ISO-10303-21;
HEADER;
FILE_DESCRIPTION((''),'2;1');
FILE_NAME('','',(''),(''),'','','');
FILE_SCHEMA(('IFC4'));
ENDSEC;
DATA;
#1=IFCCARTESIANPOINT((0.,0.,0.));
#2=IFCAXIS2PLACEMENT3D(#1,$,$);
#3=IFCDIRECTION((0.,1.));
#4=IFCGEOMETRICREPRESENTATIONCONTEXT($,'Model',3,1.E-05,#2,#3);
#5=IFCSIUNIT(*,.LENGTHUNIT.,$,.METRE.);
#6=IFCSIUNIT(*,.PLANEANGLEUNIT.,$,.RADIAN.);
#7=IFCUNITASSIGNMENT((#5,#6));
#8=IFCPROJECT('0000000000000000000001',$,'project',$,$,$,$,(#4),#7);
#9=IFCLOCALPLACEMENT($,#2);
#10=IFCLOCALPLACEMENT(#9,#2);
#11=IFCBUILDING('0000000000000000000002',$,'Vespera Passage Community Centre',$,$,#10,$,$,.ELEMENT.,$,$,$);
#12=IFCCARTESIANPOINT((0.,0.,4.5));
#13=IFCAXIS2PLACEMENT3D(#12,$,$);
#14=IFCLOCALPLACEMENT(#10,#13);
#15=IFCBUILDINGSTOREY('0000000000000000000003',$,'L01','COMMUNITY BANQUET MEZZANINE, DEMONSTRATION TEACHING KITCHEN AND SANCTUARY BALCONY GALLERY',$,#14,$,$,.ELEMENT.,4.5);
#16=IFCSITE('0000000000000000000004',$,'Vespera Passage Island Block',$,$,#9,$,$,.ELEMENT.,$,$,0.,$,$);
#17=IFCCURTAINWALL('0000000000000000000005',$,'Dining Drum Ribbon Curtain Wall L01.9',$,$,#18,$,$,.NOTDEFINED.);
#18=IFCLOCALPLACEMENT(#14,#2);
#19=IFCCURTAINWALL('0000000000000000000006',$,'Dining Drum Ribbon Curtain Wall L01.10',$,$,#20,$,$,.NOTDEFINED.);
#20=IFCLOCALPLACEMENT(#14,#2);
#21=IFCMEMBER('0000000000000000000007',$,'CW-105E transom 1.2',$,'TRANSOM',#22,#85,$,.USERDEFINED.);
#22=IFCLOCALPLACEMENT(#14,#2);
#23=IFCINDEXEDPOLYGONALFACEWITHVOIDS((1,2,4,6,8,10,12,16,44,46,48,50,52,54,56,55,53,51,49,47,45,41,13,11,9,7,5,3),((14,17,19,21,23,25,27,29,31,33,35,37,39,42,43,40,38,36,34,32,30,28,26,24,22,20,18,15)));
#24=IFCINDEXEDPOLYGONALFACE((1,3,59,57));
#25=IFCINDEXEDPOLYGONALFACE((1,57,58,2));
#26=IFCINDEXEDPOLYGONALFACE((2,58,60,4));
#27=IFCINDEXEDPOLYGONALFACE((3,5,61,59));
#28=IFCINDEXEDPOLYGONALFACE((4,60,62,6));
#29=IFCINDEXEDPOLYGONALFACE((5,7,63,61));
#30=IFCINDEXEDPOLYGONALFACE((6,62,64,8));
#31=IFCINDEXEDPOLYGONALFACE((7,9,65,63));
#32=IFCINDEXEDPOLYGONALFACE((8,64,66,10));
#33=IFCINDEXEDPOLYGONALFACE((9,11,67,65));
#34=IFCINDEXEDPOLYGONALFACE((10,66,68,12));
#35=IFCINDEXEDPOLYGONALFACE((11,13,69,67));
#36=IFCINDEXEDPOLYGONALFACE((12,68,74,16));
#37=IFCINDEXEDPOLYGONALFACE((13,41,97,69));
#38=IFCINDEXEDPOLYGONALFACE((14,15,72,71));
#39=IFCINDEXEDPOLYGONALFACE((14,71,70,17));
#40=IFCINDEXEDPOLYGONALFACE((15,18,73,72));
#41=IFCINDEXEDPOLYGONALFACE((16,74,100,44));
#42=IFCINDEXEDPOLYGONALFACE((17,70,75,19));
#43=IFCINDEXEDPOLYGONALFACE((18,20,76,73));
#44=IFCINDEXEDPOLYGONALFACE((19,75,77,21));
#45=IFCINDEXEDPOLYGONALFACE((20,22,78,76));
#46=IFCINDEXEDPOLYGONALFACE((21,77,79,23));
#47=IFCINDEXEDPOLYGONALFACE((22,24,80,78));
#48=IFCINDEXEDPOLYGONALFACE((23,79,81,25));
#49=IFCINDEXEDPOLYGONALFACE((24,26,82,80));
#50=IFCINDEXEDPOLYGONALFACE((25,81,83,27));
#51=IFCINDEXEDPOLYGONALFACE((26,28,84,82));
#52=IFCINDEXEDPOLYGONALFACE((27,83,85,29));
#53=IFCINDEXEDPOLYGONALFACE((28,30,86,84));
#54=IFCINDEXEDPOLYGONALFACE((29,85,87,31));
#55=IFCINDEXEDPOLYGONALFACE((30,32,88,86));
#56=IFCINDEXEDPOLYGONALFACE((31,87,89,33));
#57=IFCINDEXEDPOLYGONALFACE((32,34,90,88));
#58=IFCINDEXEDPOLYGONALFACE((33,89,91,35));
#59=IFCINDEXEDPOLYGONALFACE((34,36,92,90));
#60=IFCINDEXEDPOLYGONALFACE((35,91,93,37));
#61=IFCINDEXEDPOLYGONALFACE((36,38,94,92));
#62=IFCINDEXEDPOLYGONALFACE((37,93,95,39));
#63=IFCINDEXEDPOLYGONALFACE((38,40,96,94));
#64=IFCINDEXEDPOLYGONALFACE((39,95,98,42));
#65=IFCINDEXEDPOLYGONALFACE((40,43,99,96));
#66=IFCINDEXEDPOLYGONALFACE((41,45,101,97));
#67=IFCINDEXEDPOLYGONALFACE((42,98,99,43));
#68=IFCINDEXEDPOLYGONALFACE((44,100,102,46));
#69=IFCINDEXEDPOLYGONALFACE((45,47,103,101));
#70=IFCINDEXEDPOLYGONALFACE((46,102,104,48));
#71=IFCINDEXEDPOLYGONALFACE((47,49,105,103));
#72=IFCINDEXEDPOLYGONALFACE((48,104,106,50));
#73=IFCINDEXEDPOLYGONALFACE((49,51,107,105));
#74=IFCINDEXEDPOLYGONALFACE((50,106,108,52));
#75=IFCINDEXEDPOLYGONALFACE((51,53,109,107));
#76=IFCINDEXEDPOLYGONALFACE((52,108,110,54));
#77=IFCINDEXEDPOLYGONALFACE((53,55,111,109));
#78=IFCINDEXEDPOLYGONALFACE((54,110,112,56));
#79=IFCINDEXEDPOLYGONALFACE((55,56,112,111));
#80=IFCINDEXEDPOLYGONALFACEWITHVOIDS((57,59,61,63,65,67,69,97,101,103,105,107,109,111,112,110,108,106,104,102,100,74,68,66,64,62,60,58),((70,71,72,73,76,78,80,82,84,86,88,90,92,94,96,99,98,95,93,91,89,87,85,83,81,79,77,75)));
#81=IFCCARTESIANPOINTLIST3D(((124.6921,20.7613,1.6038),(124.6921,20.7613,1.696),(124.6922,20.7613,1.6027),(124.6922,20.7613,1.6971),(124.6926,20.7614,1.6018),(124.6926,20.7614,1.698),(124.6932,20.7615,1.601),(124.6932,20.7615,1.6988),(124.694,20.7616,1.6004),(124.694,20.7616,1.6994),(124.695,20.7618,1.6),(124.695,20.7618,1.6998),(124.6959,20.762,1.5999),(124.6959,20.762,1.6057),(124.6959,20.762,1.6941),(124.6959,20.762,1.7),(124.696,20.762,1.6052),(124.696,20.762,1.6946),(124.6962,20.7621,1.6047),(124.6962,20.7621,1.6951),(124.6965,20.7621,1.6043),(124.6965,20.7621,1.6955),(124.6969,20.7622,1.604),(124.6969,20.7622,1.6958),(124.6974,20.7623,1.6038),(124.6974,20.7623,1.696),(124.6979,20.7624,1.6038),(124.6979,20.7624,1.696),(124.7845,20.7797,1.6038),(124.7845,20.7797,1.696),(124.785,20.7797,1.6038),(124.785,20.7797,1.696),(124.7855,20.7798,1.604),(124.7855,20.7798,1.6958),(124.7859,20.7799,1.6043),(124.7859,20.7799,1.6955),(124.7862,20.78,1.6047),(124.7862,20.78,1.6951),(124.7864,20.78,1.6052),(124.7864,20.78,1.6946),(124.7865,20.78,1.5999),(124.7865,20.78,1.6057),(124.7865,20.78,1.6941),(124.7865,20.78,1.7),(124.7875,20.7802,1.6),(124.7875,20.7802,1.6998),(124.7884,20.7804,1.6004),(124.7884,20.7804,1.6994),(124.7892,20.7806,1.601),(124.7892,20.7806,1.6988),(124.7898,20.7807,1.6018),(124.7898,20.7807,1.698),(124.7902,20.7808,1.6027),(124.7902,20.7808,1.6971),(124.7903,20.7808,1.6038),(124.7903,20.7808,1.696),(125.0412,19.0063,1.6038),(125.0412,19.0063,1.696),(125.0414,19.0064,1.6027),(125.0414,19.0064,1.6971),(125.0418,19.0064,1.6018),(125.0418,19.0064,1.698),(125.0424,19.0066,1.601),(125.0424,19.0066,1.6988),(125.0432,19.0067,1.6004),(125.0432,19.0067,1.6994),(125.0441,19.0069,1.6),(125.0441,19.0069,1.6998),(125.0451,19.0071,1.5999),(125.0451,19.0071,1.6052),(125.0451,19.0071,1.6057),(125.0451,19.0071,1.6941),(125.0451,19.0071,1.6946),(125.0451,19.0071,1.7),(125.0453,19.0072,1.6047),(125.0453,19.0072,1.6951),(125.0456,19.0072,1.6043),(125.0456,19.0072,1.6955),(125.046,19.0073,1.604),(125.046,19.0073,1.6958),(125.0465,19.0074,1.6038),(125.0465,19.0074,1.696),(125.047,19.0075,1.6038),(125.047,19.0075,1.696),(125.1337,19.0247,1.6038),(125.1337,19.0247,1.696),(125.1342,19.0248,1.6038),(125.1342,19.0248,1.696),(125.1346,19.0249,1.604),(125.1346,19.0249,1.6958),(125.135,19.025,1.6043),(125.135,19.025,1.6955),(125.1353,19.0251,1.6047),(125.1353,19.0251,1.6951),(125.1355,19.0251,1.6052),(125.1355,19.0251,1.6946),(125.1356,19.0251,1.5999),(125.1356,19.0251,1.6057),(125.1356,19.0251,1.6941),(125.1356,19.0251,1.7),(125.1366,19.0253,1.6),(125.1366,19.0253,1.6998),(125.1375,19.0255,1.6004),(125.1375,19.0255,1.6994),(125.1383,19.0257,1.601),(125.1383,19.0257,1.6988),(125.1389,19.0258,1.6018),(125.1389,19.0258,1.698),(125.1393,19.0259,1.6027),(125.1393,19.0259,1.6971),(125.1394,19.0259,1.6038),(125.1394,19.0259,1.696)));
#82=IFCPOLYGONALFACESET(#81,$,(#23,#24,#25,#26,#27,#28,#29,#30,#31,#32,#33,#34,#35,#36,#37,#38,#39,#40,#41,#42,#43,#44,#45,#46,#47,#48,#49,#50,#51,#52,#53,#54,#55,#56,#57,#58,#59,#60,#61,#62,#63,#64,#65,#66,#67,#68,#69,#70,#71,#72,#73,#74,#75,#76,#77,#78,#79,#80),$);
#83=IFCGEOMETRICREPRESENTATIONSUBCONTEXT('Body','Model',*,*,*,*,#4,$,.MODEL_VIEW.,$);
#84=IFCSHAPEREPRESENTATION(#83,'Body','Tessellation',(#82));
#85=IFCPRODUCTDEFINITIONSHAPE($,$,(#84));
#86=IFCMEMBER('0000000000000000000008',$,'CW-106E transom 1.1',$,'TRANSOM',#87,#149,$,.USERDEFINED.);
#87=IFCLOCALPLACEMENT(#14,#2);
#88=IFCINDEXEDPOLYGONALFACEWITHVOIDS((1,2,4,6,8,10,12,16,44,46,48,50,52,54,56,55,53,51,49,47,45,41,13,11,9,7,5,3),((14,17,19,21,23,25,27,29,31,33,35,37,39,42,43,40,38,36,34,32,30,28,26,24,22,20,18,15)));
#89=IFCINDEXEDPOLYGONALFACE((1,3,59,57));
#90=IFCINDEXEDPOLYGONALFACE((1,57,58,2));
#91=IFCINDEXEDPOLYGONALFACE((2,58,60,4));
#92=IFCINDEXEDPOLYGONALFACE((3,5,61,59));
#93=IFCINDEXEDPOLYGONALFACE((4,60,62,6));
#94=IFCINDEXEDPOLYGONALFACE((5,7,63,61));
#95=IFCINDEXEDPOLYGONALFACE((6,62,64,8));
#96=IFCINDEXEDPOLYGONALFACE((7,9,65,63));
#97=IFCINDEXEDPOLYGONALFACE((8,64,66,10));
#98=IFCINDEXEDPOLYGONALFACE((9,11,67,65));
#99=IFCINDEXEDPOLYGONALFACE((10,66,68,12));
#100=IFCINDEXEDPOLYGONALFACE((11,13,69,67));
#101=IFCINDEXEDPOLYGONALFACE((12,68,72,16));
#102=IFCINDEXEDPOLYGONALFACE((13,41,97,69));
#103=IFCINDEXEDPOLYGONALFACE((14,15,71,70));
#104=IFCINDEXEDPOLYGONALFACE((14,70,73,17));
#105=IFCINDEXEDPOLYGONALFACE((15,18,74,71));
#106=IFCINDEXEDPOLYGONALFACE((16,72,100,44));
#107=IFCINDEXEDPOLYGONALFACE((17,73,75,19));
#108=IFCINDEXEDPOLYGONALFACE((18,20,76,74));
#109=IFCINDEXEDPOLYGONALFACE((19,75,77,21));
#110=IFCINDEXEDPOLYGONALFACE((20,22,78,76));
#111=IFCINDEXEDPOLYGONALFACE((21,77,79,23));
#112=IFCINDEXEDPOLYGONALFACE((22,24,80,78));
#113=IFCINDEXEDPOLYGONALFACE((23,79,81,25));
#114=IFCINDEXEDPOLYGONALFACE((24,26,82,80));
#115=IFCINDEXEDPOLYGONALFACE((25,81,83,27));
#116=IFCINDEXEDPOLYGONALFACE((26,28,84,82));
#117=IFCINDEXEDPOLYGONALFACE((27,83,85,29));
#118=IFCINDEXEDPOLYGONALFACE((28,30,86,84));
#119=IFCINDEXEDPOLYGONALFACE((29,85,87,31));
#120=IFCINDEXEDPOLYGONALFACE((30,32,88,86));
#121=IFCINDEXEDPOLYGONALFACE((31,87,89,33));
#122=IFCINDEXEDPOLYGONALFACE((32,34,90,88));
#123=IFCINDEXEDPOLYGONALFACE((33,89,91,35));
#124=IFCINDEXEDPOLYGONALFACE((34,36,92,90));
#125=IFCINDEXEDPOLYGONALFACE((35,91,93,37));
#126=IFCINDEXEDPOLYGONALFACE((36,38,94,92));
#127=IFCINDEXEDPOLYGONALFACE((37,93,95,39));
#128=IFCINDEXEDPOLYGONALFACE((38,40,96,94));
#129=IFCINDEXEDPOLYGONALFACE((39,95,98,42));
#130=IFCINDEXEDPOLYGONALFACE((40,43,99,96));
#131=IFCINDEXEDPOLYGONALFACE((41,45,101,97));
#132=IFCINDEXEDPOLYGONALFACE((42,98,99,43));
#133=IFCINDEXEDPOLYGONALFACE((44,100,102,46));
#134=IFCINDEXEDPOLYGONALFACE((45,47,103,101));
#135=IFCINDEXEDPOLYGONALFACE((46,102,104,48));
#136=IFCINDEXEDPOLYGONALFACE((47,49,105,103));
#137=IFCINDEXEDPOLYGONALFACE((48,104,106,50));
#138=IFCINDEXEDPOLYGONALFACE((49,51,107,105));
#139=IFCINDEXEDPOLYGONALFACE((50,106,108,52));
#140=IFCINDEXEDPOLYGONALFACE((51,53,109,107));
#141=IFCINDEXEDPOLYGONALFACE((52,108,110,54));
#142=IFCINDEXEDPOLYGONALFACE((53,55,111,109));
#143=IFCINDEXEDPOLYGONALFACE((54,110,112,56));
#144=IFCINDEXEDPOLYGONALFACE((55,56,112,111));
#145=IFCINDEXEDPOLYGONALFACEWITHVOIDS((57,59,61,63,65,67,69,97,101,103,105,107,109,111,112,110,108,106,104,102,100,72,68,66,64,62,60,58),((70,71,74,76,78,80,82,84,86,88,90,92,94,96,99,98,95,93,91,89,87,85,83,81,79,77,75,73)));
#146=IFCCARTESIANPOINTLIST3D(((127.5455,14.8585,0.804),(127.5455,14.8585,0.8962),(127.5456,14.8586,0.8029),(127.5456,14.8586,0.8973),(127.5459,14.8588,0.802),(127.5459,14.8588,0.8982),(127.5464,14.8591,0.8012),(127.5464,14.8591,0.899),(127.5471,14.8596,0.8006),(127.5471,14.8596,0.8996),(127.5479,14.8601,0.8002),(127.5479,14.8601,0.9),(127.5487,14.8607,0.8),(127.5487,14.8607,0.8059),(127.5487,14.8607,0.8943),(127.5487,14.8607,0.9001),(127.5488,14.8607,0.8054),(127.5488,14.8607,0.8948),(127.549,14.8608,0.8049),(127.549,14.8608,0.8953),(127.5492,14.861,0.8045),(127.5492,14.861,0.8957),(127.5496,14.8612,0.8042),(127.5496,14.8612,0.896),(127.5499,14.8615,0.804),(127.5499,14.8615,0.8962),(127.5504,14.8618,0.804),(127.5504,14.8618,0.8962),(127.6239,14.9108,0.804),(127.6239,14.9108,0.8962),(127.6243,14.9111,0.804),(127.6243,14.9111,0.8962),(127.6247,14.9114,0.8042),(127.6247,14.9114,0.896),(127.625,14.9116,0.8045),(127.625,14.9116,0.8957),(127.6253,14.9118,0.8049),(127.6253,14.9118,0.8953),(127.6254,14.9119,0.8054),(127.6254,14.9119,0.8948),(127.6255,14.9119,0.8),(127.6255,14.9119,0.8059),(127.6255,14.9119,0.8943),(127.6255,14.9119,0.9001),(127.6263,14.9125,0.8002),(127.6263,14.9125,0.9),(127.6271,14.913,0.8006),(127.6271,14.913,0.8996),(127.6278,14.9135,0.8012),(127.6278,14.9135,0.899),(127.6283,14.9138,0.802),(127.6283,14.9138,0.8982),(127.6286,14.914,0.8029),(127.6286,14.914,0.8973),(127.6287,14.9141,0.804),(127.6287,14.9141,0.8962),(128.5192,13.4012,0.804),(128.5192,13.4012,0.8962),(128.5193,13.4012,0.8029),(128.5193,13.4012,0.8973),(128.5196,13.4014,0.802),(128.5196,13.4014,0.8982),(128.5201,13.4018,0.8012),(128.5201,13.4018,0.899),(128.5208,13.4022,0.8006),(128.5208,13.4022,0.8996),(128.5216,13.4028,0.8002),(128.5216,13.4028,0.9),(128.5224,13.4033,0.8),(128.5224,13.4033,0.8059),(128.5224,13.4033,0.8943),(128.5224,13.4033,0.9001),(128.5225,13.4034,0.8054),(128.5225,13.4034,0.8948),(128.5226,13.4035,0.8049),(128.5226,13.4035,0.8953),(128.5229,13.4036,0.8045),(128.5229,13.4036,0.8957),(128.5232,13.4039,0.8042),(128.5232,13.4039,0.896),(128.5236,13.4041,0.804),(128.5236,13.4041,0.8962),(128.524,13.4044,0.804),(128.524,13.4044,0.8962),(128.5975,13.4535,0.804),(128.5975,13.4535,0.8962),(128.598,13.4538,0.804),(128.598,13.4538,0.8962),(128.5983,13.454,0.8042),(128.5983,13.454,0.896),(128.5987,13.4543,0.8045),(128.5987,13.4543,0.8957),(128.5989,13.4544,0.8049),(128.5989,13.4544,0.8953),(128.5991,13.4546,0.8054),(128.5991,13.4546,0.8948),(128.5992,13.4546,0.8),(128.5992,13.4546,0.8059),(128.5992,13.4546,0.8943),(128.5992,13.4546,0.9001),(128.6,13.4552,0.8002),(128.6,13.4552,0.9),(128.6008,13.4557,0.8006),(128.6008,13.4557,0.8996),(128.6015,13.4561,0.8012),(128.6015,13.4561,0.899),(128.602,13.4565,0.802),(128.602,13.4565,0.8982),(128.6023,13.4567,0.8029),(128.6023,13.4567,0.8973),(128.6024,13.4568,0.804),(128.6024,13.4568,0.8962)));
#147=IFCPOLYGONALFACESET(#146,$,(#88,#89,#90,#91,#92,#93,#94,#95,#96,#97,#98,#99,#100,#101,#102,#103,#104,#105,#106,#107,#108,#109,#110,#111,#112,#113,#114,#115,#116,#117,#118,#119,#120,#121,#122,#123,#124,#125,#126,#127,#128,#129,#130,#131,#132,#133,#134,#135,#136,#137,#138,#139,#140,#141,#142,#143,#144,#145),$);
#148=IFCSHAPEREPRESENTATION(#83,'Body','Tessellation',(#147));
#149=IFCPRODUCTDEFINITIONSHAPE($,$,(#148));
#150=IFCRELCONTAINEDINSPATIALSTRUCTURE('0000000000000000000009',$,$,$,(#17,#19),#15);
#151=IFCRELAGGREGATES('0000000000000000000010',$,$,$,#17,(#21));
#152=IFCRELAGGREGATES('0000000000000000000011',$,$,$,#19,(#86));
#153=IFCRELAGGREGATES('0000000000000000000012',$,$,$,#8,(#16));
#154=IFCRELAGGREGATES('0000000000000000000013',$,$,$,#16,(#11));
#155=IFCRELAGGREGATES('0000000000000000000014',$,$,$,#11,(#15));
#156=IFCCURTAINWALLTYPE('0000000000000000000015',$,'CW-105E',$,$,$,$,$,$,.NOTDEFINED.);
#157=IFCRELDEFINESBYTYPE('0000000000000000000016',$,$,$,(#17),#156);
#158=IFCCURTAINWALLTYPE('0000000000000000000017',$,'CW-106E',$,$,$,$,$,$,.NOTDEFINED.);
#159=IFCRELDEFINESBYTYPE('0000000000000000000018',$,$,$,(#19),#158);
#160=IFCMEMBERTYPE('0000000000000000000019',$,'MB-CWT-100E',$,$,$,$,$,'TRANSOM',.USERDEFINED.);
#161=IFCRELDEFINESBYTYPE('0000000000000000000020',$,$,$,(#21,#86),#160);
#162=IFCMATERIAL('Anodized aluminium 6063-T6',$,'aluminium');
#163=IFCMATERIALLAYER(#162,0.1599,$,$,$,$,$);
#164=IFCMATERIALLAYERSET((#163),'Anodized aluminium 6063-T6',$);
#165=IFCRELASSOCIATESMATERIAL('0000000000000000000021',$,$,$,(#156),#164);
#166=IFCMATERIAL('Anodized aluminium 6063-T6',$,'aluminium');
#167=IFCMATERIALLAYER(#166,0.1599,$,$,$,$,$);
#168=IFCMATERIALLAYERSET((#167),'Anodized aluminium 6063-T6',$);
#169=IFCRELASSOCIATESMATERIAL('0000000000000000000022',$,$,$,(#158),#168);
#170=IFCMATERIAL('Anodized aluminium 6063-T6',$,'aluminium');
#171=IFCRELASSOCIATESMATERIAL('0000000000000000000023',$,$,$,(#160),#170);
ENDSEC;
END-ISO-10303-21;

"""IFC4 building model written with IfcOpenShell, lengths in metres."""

from ifc_helpers import new_model, si_unit, direction, frame, origin, origin_2d, place, context, subcontext, project, spatial, hollow_rectangle, extrude, material, layer, layer_set, material_profile, profile_set, type_object, element, aggregate, save


model = new_model("IFC4")

# Units and contexts
model_context = context("Model", 3, precision=1e-05, world=origin(), true_north=direction((0.0, 1.0)))
body_context = subcontext(model_context, "Body", "Model", "MODEL_VIEW")
ifc_project = project(units=[si_unit("LENGTHUNIT", "METRE"), si_unit("PLANEANGLEUNIT", "RADIAN")], contexts=[model_context])

# Site, building, storey
site_placement = place(None, origin())
site = spatial("IfcSite", under=ifc_project, at=site_placement, Name="Vespera Passage Island Block", CompositionType="ELEMENT", RefElevation=0.0)
building_placement = place(site_placement, origin())
building = spatial("IfcBuilding", under=site, at=building_placement, Name="Vespera Passage Community Centre", CompositionType="ELEMENT")
storey_placement = place(building_placement, frame((0.0, 0.0, 4.5)))
storey = spatial("IfcBuildingStorey", under=building, at=storey_placement, Name="L01", Description="COMMUNITY BANQUET MEZZANINE, DEMONSTRATION TEACHING KITCHEN AND SANCTUARY BALCONY GALLERY", CompositionType="ELEMENT", Elevation=4.5)

# Curtain wall
ifc_material_1 = material(Name="Anodized aluminium 6063-T6", Category="aluminium")
ifc_layer_1 = layer(ifc_material_1, 0.1599)
ifc_layer_set_1 = layer_set([ifc_layer_1], Name="Anodized aluminium 6063-T6")
curtain_wall_type_1 = type_object("IfcCurtainWallType", Name="CW-105E", PredefinedType="NOTDEFINED", material=ifc_layer_set_1)
curtain_wall_1_placement = place(storey_placement, origin())
curtain_wall_1 = element("IfcCurtainWall", 1, at=curtain_wall_1_placement, inside=storey, type_object=curtain_wall_type_1, Name="Dining Drum Ribbon Curtain Wall L01.9", PredefinedType="NOTDEFINED")

# Curtain wall
ifc_material_2 = material(Name="Anodized aluminium 6063-T6", Category="aluminium")
ifc_layer_2 = layer(ifc_material_2, 0.1599)
ifc_layer_set_2 = layer_set([ifc_layer_2], Name="Anodized aluminium 6063-T6")
curtain_wall_type_2 = type_object("IfcCurtainWallType", Name="CW-106E", PredefinedType="NOTDEFINED", material=ifc_layer_set_2)
curtain_wall_2_placement = place(storey_placement, origin())
curtain_wall_2 = element("IfcCurtainWall", 2, at=curtain_wall_2_placement, inside=storey, type_object=curtain_wall_type_2, Name="Dining Drum Ribbon Curtain Wall L01.10", PredefinedType="NOTDEFINED")

# Members
ifc_material_3 = material(Name="Anodized aluminium 6063-T6", Category="aluminium")
ifc_material_profile_1 = material_profile(ifc_material_3, hollow_rectangle(XDim=0.1001, YDim=0.1001, WallThickness=0.0039, InnerFilletRadius=0.002, OuterFilletRadius=0.0039, at=origin_2d()), Name="ALU100X100X4")
ifc_profile_set_1 = profile_set([ifc_material_profile_1], Name="Anodized aluminium 6063-T6")
member_type_1 = type_object("IfcMemberType", Name="MB-CWT-100E", ElementType="TRANSOM", PredefinedType="USERDEFINED", material=ifc_profile_set_1)
member_1_placement = place(storey_placement, frame((125.0903, 19.0161, 1.6499), z_axis=(-0.195119, 0.98078, 0.0), x_axis=(-0.98078, -0.195119, 0.0)))
member_1 = element("IfcMember", 3, at=member_1_placement, type_object=member_type_1, Name="CW-105E transom 1.2", ObjectType="TRANSOM", PredefinedType="USERDEFINED", context=body_context, shape_type="SweptSolid", body=[
    extrude(hollow_rectangle(XDim=0.1001, YDim=0.1001, WallThickness=0.0039, InnerFilletRadius=0.002, OuterFilletRadius=0.0039, at=origin_2d()), origin(), (0.0, 0.0, 1.0), 1.7893),
])
aggregate(curtain_wall_1, [member_1])
member_2_placement = place(storey_placement, frame((128.5608, 13.429, 0.8501), z_axis=(-0.555536, 0.831493, 0.0), x_axis=(-0.831493, -0.555536, 0.0)))
member_2 = element("IfcMember", 4, at=member_2_placement, type_object=member_type_1, Name="CW-106E transom 1.1", ObjectType="TRANSOM", PredefinedType="USERDEFINED", context=body_context, shape_type="SweptSolid", body=[
    extrude(hollow_rectangle(XDim=0.1001, YDim=0.1001, WallThickness=0.0039, InnerFilletRadius=0.002, OuterFilletRadius=0.0039, at=origin_2d()), origin(), (0.0, 0.0, 1.0), 1.7527),
])

aggregate(curtain_wall_2, [member_2])

save(model, "model.ifc")
